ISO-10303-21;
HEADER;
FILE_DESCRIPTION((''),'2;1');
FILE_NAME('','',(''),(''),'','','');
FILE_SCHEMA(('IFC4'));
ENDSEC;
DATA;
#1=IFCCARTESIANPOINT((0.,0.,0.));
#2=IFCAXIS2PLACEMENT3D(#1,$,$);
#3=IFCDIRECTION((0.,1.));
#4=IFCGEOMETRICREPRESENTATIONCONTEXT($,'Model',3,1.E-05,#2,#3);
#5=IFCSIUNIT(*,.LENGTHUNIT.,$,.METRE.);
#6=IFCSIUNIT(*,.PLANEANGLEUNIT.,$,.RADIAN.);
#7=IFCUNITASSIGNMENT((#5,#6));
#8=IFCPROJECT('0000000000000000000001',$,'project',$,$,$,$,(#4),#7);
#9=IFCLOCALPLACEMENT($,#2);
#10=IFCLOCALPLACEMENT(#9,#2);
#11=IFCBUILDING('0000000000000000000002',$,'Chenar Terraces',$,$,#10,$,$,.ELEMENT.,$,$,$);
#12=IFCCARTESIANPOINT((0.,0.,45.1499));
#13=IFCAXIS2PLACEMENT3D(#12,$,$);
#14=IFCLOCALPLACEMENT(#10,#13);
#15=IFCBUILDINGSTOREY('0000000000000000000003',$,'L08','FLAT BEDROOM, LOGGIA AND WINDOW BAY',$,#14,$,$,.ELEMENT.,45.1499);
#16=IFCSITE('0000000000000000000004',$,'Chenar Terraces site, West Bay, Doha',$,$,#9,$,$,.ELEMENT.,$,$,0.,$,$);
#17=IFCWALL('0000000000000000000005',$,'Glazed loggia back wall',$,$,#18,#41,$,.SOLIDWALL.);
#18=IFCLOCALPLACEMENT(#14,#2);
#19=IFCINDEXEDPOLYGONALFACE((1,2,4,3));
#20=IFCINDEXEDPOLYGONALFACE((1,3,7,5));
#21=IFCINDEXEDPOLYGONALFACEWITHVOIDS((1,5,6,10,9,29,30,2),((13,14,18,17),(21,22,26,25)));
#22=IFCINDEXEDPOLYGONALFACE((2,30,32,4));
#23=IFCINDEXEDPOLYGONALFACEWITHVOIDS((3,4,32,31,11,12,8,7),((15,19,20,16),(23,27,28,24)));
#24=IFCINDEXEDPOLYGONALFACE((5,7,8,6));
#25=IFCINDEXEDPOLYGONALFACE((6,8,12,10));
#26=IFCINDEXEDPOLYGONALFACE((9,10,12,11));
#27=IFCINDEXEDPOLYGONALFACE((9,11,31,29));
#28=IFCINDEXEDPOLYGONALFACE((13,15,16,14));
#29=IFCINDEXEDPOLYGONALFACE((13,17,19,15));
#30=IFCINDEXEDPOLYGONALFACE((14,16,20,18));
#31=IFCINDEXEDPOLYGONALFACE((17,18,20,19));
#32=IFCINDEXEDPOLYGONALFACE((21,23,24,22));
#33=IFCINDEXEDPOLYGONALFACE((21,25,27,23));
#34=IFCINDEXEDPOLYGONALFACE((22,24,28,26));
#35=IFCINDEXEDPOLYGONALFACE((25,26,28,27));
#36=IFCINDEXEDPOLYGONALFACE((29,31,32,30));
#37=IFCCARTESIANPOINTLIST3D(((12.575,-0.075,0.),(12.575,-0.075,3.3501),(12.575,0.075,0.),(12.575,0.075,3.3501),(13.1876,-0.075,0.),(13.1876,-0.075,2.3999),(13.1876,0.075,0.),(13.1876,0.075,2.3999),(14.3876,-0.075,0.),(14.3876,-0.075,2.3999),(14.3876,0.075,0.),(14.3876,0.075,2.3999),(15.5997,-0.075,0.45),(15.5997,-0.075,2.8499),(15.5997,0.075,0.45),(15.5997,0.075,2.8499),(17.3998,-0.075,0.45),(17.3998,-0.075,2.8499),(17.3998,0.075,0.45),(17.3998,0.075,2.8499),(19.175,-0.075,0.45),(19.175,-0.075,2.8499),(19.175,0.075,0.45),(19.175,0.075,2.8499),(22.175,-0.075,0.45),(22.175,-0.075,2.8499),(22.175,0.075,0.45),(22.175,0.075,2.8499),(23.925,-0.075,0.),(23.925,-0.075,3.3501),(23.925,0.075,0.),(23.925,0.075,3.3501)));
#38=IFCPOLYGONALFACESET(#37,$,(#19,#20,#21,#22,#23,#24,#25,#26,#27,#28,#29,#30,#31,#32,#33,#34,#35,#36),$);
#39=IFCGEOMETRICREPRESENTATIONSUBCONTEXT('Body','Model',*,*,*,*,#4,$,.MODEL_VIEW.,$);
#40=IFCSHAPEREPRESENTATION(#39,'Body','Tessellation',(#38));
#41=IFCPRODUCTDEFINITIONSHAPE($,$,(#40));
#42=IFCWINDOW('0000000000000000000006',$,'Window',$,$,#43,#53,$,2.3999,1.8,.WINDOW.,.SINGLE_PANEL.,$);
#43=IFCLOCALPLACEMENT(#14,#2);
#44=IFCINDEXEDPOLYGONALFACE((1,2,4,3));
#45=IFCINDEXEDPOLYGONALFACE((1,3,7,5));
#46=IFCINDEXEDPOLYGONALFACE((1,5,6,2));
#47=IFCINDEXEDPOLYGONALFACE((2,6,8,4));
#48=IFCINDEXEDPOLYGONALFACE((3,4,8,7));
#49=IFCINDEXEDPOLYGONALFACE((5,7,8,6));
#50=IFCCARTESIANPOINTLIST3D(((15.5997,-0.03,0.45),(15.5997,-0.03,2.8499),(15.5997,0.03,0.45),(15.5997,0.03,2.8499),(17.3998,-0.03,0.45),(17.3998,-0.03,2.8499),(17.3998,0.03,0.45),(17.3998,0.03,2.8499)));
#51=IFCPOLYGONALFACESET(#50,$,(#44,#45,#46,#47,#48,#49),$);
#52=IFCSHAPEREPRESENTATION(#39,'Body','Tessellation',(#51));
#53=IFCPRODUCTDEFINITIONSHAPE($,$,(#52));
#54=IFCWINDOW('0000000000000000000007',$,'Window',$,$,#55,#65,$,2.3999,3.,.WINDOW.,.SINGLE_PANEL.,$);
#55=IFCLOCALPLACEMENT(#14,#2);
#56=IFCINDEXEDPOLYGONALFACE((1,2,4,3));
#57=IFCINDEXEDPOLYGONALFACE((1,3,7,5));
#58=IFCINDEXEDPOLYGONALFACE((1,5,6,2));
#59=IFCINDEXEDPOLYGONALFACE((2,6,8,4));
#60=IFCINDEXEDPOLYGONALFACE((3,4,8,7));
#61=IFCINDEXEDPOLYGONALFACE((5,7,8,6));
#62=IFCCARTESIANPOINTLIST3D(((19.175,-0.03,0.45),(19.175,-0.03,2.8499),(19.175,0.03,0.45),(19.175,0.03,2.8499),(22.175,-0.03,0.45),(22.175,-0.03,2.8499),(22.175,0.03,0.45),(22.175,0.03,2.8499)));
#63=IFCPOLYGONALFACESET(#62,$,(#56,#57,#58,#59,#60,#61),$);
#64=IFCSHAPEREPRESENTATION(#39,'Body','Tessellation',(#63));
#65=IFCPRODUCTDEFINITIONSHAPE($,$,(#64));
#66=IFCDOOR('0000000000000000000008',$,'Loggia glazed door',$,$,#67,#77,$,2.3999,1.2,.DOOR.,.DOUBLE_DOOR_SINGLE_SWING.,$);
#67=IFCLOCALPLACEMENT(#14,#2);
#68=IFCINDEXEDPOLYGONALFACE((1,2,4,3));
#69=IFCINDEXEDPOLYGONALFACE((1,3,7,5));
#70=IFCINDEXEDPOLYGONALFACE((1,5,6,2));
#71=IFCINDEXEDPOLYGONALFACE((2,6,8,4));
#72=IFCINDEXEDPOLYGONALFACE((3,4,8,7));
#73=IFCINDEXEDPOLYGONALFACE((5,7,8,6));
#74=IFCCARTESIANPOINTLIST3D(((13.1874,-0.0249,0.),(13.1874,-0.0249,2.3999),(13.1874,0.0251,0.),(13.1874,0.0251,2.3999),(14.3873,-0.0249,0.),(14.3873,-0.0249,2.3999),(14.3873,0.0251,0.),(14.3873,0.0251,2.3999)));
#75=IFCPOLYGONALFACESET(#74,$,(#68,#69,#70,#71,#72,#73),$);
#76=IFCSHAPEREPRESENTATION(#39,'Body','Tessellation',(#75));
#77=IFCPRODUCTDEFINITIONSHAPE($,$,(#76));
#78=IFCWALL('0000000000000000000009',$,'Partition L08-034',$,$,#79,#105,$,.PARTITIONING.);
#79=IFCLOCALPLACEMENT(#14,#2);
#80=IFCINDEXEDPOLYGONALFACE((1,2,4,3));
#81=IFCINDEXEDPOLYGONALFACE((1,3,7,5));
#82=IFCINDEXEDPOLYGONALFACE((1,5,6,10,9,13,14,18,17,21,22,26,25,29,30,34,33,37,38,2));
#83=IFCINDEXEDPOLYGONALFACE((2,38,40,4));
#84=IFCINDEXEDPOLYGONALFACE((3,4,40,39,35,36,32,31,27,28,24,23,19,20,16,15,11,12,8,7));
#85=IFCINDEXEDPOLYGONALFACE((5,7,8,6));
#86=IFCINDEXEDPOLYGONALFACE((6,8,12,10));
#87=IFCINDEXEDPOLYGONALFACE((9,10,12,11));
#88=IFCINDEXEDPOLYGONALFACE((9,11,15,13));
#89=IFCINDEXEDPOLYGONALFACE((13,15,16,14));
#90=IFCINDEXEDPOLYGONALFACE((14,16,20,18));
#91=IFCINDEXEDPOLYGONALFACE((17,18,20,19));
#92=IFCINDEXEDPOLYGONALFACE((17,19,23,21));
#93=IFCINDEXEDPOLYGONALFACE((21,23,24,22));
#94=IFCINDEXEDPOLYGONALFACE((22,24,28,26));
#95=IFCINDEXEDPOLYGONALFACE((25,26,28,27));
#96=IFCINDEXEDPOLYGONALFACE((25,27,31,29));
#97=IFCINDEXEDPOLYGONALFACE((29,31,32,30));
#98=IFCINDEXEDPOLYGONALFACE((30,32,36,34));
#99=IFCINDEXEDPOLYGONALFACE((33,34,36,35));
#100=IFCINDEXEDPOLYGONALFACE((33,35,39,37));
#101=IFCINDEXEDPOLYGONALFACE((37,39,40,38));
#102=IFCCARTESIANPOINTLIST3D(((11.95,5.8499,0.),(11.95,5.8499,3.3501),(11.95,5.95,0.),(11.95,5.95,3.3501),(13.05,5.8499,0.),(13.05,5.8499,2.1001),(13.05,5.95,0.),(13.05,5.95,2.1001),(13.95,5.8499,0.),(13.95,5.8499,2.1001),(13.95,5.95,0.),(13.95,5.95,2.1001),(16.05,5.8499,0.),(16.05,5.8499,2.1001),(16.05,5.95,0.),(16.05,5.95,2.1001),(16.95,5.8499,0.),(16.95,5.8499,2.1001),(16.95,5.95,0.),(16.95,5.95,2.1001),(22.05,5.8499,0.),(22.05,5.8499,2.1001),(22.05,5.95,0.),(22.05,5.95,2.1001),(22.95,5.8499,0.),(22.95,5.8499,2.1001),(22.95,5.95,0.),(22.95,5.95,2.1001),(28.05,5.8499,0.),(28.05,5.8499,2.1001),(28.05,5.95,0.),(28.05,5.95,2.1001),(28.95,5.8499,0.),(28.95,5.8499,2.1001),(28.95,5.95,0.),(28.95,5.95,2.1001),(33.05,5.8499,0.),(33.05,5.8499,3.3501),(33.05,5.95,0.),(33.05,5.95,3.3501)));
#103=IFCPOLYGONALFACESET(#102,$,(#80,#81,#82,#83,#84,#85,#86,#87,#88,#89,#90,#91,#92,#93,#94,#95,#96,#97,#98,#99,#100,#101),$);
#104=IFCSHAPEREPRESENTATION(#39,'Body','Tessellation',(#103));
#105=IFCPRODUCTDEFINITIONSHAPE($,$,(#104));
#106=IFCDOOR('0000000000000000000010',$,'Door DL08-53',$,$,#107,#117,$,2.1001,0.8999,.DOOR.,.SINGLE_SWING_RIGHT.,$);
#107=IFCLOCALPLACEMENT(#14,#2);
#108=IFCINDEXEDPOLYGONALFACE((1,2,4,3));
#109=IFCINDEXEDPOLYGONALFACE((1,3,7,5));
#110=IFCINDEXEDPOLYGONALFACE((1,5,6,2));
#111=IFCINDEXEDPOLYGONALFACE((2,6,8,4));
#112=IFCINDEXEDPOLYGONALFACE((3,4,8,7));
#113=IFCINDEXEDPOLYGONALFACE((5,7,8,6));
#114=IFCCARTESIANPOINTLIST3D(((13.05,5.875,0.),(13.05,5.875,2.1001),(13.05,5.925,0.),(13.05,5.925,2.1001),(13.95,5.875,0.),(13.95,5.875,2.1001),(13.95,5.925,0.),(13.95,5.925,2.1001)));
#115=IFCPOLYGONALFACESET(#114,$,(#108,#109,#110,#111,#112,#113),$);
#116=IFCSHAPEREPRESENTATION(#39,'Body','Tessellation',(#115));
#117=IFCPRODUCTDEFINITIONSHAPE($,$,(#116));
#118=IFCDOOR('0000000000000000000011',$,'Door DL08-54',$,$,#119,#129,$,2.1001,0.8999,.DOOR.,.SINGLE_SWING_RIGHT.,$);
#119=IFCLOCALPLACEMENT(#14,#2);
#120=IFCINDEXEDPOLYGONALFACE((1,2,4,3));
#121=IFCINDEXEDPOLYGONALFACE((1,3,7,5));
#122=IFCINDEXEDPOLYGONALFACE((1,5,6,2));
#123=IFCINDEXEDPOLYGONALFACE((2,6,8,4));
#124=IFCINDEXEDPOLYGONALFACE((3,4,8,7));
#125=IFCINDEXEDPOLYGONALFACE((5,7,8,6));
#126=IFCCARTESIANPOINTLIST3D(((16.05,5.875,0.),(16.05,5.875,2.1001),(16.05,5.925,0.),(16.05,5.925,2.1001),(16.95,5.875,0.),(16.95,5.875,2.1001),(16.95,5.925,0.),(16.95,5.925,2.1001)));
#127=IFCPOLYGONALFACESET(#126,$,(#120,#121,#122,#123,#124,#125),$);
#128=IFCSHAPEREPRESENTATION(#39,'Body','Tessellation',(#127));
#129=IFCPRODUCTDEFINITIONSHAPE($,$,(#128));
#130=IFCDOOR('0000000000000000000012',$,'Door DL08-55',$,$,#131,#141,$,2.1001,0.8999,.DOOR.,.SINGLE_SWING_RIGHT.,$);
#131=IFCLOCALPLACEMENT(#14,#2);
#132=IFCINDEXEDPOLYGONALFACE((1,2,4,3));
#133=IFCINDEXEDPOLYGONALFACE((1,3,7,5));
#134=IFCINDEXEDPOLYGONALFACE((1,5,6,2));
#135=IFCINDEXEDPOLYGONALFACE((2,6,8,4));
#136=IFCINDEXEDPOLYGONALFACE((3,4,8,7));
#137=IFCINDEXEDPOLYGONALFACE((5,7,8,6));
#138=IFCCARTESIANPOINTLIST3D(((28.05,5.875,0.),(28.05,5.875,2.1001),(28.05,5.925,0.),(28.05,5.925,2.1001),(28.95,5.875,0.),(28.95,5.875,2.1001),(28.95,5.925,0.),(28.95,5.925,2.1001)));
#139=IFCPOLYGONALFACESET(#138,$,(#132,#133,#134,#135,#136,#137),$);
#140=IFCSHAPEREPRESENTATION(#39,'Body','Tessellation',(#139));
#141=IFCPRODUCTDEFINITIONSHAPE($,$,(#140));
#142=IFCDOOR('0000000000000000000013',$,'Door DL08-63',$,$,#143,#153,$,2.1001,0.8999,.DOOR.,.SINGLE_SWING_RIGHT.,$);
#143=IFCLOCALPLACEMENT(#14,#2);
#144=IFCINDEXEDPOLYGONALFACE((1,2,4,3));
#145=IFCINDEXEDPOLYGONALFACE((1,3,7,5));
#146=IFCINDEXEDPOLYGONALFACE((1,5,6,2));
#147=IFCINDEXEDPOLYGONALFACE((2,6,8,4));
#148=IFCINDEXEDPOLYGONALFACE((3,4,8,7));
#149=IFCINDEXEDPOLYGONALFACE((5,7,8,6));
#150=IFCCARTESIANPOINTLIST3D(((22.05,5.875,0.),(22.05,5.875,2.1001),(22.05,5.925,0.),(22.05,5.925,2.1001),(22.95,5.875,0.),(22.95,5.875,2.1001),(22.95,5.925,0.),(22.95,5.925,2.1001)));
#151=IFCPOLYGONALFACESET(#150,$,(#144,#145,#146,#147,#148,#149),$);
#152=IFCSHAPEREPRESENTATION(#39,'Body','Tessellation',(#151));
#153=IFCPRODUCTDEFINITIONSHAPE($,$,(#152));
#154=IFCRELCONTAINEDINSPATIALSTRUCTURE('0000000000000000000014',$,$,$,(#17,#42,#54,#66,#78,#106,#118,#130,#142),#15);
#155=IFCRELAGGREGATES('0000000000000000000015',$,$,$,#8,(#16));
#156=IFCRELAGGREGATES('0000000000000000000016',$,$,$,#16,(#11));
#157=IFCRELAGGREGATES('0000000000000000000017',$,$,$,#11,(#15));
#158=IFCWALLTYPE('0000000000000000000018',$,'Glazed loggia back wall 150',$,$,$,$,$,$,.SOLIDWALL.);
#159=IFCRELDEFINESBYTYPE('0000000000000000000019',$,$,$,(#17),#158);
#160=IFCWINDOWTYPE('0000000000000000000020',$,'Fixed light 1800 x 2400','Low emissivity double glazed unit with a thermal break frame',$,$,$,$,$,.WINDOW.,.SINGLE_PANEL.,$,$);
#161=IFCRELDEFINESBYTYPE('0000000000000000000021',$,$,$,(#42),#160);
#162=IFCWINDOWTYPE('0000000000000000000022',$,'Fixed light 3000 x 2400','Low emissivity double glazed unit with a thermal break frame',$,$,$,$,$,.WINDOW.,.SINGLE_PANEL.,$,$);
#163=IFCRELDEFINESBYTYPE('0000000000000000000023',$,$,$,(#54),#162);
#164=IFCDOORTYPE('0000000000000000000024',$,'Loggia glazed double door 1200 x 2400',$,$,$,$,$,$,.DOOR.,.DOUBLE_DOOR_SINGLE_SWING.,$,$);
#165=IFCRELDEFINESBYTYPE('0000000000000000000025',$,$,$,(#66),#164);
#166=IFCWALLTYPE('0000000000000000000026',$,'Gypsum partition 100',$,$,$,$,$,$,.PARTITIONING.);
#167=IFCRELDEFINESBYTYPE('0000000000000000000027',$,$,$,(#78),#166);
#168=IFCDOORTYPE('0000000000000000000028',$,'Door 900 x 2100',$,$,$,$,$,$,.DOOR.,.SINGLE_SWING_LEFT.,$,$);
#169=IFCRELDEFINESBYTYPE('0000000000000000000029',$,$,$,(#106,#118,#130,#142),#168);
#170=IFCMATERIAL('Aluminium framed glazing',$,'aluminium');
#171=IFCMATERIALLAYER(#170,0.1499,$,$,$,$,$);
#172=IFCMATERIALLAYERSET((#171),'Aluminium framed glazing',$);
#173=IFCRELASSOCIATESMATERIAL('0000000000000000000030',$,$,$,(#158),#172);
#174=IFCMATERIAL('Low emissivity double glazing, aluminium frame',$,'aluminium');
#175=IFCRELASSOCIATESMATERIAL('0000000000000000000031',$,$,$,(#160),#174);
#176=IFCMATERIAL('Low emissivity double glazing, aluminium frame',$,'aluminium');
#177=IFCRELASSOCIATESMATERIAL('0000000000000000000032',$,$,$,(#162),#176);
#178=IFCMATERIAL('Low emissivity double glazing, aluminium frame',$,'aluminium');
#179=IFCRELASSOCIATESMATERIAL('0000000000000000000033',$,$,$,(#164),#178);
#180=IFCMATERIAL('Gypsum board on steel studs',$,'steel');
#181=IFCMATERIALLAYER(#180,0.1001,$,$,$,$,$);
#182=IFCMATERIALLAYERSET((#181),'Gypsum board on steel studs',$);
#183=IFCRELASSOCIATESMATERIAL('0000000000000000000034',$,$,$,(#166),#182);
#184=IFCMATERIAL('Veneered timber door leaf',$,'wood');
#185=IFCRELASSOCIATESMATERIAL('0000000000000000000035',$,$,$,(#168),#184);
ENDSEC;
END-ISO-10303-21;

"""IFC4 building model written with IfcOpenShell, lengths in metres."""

from ifc_helpers import new_model, si_unit, direction, frame, frame_2d, origin, place, context, subcontext, project, spatial, rectangle, extrude, material, layer, layer_set, type_object, element, fill, save


model = new_model("IFC4")

# Units and contexts
model_context = context("Model", 3, precision=1e-05, world=origin(), true_north=direction((0.0, 1.0)))
body_context = subcontext(model_context, "Body", "Model", "MODEL_VIEW")
ifc_project = project(units=[si_unit("LENGTHUNIT", "METRE"), si_unit("PLANEANGLEUNIT", "RADIAN")], contexts=[model_context])

# Site, building, storey
site_placement = place(None, origin())
site = spatial("IfcSite", under=ifc_project, at=site_placement, Name="Chenar Terraces site, West Bay, Doha", CompositionType="ELEMENT", RefElevation=0.0)
building_placement = place(site_placement, origin())
building = spatial("IfcBuilding", under=site, at=building_placement, Name="Chenar Terraces", CompositionType="ELEMENT")
storey_placement = place(building_placement, frame((0.0, 0.0, 45.1499)))
storey = spatial("IfcBuildingStorey", under=building, at=storey_placement, Name="L08", Description="FLAT BEDROOM, LOGGIA AND WINDOW BAY", CompositionType="ELEMENT", Elevation=45.1499)

# Wall, openings, windows, door
ifc_material_1 = material(Name="Aluminium framed glazing", Category="aluminium")
ifc_layer_1 = layer(ifc_material_1, 0.1499)
ifc_layer_set_1 = layer_set([ifc_layer_1], Name="Aluminium framed glazing")
wall_type_1 = type_object("IfcWallType", Name="Glazed loggia back wall 150", PredefinedType="SOLIDWALL", material=ifc_layer_set_1)
wall_1_placement = place(storey_placement, frame((12.575, 0.0, 0.0), z_axis=(0.0, 0.0, 1.0), x_axis=(1.0, 0.0, 0.0)))
wall_1 = element("IfcWall", 1, at=wall_1_placement, inside=storey, type_object=wall_type_1, Name="Glazed loggia back wall", PredefinedType="SOLIDWALL", context=body_context, shape_type="SweptSolid", body=[
    extrude(rectangle(XDim=11.3501, YDim=0.1499, at=frame_2d((5.675, 0.0))), origin(), (0.0, 0.0, 1.0), 3.3501),
])
opening_1_placement = place(wall_1_placement, frame((0.6125, 0.0, 0.0)))
opening_1 = element("IfcOpeningElement", 2, at=opening_1_placement, cuts=wall_1, PredefinedType="OPENING", context=body_context, shape_type="SweptSolid", body=[
    extrude(rectangle(XDim=1.2, YDim=2.3999, at=frame_2d((0.6001, 1.2))), frame((0.0, 0.085, 0.0), z_axis=(0.0, -1.0, 0.0), x_axis=(1.0, 0.0, 0.0)), (0.0, 0.0, 1.0), 0.1699),
])
opening_2_placement = place(wall_1_placement, frame((3.0249, 0.0, 0.45)))
opening_2 = element("IfcOpeningElement", 3, at=opening_2_placement, cuts=wall_1, PredefinedType="OPENING", context=body_context, shape_type="SweptSolid", body=[
    extrude(rectangle(XDim=1.8, YDim=2.3999, at=frame_2d((0.8999, 1.2))), frame((0.0, 0.085, 0.0), z_axis=(0.0, -1.0, 0.0), x_axis=(1.0, 0.0, 0.0)), (0.0, 0.0, 1.0), 0.1699),
])
opening_3_placement = place(wall_1_placement, frame((6.6001, 0.0, 0.45)))
opening_3 = element("IfcOpeningElement", 4, at=opening_3_placement, cuts=wall_1, PredefinedType="OPENING", context=body_context, shape_type="SweptSolid", body=[
    extrude(rectangle(XDim=3.0, YDim=2.3999, at=frame_2d((1.5, 1.2))), frame((0.0, 0.085, 0.0), z_axis=(0.0, -1.0, 0.0), x_axis=(1.0, 0.0, 0.0)), (0.0, 0.0, 1.0), 0.1699),
])
ifc_material_2 = material(Name="Low emissivity double glazing, aluminium frame", Category="aluminium")
window_type_1 = type_object("IfcWindowType", Name="Fixed light 1800 x 2400", Description="Low emissivity double glazed unit with a thermal break frame", PartitioningType="SINGLE_PANEL", PredefinedType="WINDOW", material=ifc_material_2)
window_1_placement = place(opening_2_placement, origin())
window_1 = element("IfcWindow", 5, at=window_1_placement, inside=storey, type_object=window_type_1, Name="Window", OverallHeight=2.3999, OverallWidth=1.8, PartitioningType="SINGLE_PANEL", PredefinedType="WINDOW", context=body_context, shape_type="SweptSolid", body=[
    extrude(rectangle(XDim=1.8, YDim=2.3999, at=frame_2d((0.8999, 1.2))), frame((0.0, 0.03, 0.0), z_axis=(0.0, -1.0, 0.0), x_axis=(1.0, 0.0, 0.0)), (0.0, 0.0, 1.0), 0.0601),
])
fill(opening_2, window_1)
ifc_material_3 = material(Name="Low emissivity double glazing, aluminium frame", Category="aluminium")
window_type_2 = type_object("IfcWindowType", Name="Fixed light 3000 x 2400", Description="Low emissivity double glazed unit with a thermal break frame", PartitioningType="SINGLE_PANEL", PredefinedType="WINDOW", material=ifc_material_3)
window_2_placement = place(opening_3_placement, origin())
window_2 = element("IfcWindow", 6, at=window_2_placement, inside=storey, type_object=window_type_2, Name="Window", OverallHeight=2.3999, OverallWidth=3.0, PartitioningType="SINGLE_PANEL", PredefinedType="WINDOW", context=body_context, shape_type="SweptSolid", body=[
    extrude(rectangle(XDim=3.0, YDim=2.3999, at=frame_2d((1.5, 1.2))), frame((0.0, 0.03, 0.0), z_axis=(0.0, -1.0, 0.0), x_axis=(1.0, 0.0, 0.0)), (0.0, 0.0, 1.0), 0.0601),
])
fill(opening_3, window_2)
ifc_material_4 = material(Name="Low emissivity double glazing, aluminium frame", Category="aluminium")
door_type_1 = type_object("IfcDoorType", Name="Loggia glazed double door 1200 x 2400", OperationType="DOUBLE_DOOR_SINGLE_SWING", PredefinedType="DOOR", material=ifc_material_4)
door_1_placement = place(opening_1_placement, frame((1.2, 0.0, 0.0), z_axis=(0.0, 0.0, 1.0), x_axis=(-1.0, 0.0, 0.0)))
door_1 = element("IfcDoor", 7, at=door_1_placement, inside=storey, type_object=door_type_1, Name="Loggia glazed door", OperationType="DOUBLE_DOOR_SINGLE_SWING", OverallHeight=2.3999, OverallWidth=1.2, PredefinedType="DOOR", context=body_context, shape_type="SweptSolid", body=[
    extrude(rectangle(XDim=1.2, YDim=2.3999, at=frame_2d((0.6001, 1.2))), frame((0.0, 0.0249, 0.0), z_axis=(0.0, -1.0, 0.0), x_axis=(1.0, 0.0, 0.0)), (0.0, 0.0, 1.0), 0.05),
])
fill(opening_1, door_1)

# Wall, openings, doors
ifc_material_5 = material(Name="Gypsum board on steel studs", Category="steel")
ifc_layer_2 = layer(ifc_material_5, 0.1001)
ifc_layer_set_2 = layer_set([ifc_layer_2], Name="Gypsum board on steel studs")
wall_type_2 = type_object("IfcWallType", Name="Gypsum partition 100", PredefinedType="PARTITIONING", material=ifc_layer_set_2)
wall_2_placement = place(storey_placement, frame((11.95, 5.8999, 0.0), z_axis=(0.0, 0.0, 1.0), x_axis=(1.0, 0.0, 0.0)))
wall_2 = element("IfcWall", 8, at=wall_2_placement, inside=storey, type_object=wall_type_2, Name="Partition L08-034", PredefinedType="PARTITIONING", context=body_context, shape_type="SweptSolid", body=[
    extrude(rectangle(XDim=21.1001, YDim=0.1001, at=frame_2d((10.55, 0.0))), origin(), (0.0, 0.0, 1.0), 3.3501),
])
opening_4_placement = place(wall_2_placement, frame((1.1001, 0.0, 0.0)))
opening_4 = element("IfcOpeningElement", 9, at=opening_4_placement, cuts=wall_2, PredefinedType="OPENING", context=body_context, shape_type="SweptSolid", body=[
    extrude(rectangle(XDim=0.8999, YDim=2.1001, at=frame_2d((0.45, 1.05))), frame((0.0, 0.0601, 0.0), z_axis=(0.0, -1.0, 0.0), x_axis=(1.0, 0.0, 0.0)), (0.0, 0.0, 1.0), 0.1201),
])
opening_5_placement = place(wall_2_placement, frame((4.1001, 0.0, 0.0)))
opening_5 = element("IfcOpeningElement", 10, at=opening_5_placement, cuts=wall_2, PredefinedType="OPENING", context=body_context, shape_type="SweptSolid", body=[
    extrude(rectangle(XDim=0.8999, YDim=2.1001, at=frame_2d((0.45, 1.05))), frame((0.0, 0.0601, 0.0), z_axis=(0.0, -1.0, 0.0), x_axis=(1.0, 0.0, 0.0)), (0.0, 0.0, 1.0), 0.1201),
])
opening_6_placement = place(wall_2_placement, frame((16.1001, 0.0, 0.0)))
opening_6 = element("IfcOpeningElement", 11, at=opening_6_placement, cuts=wall_2, PredefinedType="OPENING", context=body_context, shape_type="SweptSolid", body=[
    extrude(rectangle(XDim=0.8999, YDim=2.1001, at=frame_2d((0.45, 1.05))), frame((0.0, 0.0601, 0.0), z_axis=(0.0, -1.0, 0.0), x_axis=(1.0, 0.0, 0.0)), (0.0, 0.0, 1.0), 0.1201),
])
opening_7_placement = place(wall_2_placement, frame((10.1001, 0.0, 0.0)))
opening_7 = element("IfcOpeningElement", 12, at=opening_7_placement, cuts=wall_2, PredefinedType="OPENING", context=body_context, shape_type="SweptSolid", body=[
    extrude(rectangle(XDim=0.8999, YDim=2.1001, at=frame_2d((0.45, 1.05))), frame((0.0, 0.0601, 0.0), z_axis=(0.0, -1.0, 0.0), x_axis=(1.0, 0.0, 0.0)), (0.0, 0.0, 1.0), 0.1201),
])
ifc_material_6 = material(Name="Veneered timber door leaf", Category="wood")
door_type_2 = type_object("IfcDoorType", Name="Door 900 x 2100", OperationType="SINGLE_SWING_LEFT", PredefinedType="DOOR", material=ifc_material_6)
door_2_placement = place(opening_4_placement, frame((0.8999, 0.0, 0.0), z_axis=(0.0, 0.0, 1.0), x_axis=(-1.0, 0.0, 0.0)))
door_2 = element("IfcDoor", 13, at=door_2_placement, inside=storey, type_object=door_type_2, Name="Door DL08-53", OperationType="SINGLE_SWING_RIGHT", OverallHeight=2.1001, OverallWidth=0.8999, PredefinedType="DOOR", context=body_context, shape_type="SweptSolid", body=[
    extrude(rectangle(XDim=0.8999, YDim=2.1001, at=frame_2d((0.45, 1.05))), frame((0.0, 0.0249, 0.0), z_axis=(0.0, -1.0, 0.0), x_axis=(1.0, 0.0, 0.0)), (0.0, 0.0, 1.0), 0.05),
])
fill(opening_4, door_2)
door_3_placement = place(opening_5_placement, frame((0.8999, 0.0, 0.0), z_axis=(0.0, 0.0, 1.0), x_axis=(-1.0, 0.0, 0.0)))
door_3 = element("IfcDoor", 14, at=door_3_placement, inside=storey, type_object=door_type_2, Name="Door DL08-54", OperationType="SINGLE_SWING_RIGHT", OverallHeight=2.1001, OverallWidth=0.8999, PredefinedType="DOOR", context=body_context, shape_type="SweptSolid", body=[
    extrude(rectangle(XDim=0.8999, YDim=2.1001, at=frame_2d((0.45, 1.05))), frame((0.0, 0.0249, 0.0), z_axis=(0.0, -1.0, 0.0), x_axis=(1.0, 0.0, 0.0)), (0.0, 0.0, 1.0), 0.05),
])
fill(opening_5, door_3)
door_4_placement = place(opening_6_placement, frame((0.8999, 0.0, 0.0), z_axis=(0.0, 0.0, 1.0), x_axis=(-1.0, 0.0, 0.0)))
door_4 = element("IfcDoor", 15, at=door_4_placement, inside=storey, type_object=door_type_2, Name="Door DL08-55", OperationType="SINGLE_SWING_RIGHT", OverallHeight=2.1001, OverallWidth=0.8999, PredefinedType="DOOR", context=body_context, shape_type="SweptSolid", body=[
    extrude(rectangle(XDim=0.8999, YDim=2.1001, at=frame_2d((0.45, 1.05))), frame((0.0, 0.0249, 0.0), z_axis=(0.0, -1.0, 0.0), x_axis=(1.0, 0.0, 0.0)), (0.0, 0.0, 1.0), 0.05),
])
fill(opening_6, door_4)
door_5_placement = place(opening_7_placement, frame((0.8999, 0.0, 0.0), z_axis=(0.0, 0.0, 1.0), x_axis=(-1.0, 0.0, 0.0)))
door_5 = element("IfcDoor", 16, at=door_5_placement, inside=storey, type_object=door_type_2, Name="Door DL08-63", OperationType="SINGLE_SWING_RIGHT", OverallHeight=2.1001, OverallWidth=0.8999, PredefinedType="DOOR", context=body_context, shape_type="SweptSolid", body=[
    extrude(rectangle(XDim=0.8999, YDim=2.1001, at=frame_2d((0.45, 1.05))), frame((0.0, 0.0249, 0.0), z_axis=(0.0, -1.0, 0.0), x_axis=(1.0, 0.0, 0.0)), (0.0, 0.0, 1.0), 0.05),
])
fill(opening_7, door_5)

save(model, "model.ifc")
